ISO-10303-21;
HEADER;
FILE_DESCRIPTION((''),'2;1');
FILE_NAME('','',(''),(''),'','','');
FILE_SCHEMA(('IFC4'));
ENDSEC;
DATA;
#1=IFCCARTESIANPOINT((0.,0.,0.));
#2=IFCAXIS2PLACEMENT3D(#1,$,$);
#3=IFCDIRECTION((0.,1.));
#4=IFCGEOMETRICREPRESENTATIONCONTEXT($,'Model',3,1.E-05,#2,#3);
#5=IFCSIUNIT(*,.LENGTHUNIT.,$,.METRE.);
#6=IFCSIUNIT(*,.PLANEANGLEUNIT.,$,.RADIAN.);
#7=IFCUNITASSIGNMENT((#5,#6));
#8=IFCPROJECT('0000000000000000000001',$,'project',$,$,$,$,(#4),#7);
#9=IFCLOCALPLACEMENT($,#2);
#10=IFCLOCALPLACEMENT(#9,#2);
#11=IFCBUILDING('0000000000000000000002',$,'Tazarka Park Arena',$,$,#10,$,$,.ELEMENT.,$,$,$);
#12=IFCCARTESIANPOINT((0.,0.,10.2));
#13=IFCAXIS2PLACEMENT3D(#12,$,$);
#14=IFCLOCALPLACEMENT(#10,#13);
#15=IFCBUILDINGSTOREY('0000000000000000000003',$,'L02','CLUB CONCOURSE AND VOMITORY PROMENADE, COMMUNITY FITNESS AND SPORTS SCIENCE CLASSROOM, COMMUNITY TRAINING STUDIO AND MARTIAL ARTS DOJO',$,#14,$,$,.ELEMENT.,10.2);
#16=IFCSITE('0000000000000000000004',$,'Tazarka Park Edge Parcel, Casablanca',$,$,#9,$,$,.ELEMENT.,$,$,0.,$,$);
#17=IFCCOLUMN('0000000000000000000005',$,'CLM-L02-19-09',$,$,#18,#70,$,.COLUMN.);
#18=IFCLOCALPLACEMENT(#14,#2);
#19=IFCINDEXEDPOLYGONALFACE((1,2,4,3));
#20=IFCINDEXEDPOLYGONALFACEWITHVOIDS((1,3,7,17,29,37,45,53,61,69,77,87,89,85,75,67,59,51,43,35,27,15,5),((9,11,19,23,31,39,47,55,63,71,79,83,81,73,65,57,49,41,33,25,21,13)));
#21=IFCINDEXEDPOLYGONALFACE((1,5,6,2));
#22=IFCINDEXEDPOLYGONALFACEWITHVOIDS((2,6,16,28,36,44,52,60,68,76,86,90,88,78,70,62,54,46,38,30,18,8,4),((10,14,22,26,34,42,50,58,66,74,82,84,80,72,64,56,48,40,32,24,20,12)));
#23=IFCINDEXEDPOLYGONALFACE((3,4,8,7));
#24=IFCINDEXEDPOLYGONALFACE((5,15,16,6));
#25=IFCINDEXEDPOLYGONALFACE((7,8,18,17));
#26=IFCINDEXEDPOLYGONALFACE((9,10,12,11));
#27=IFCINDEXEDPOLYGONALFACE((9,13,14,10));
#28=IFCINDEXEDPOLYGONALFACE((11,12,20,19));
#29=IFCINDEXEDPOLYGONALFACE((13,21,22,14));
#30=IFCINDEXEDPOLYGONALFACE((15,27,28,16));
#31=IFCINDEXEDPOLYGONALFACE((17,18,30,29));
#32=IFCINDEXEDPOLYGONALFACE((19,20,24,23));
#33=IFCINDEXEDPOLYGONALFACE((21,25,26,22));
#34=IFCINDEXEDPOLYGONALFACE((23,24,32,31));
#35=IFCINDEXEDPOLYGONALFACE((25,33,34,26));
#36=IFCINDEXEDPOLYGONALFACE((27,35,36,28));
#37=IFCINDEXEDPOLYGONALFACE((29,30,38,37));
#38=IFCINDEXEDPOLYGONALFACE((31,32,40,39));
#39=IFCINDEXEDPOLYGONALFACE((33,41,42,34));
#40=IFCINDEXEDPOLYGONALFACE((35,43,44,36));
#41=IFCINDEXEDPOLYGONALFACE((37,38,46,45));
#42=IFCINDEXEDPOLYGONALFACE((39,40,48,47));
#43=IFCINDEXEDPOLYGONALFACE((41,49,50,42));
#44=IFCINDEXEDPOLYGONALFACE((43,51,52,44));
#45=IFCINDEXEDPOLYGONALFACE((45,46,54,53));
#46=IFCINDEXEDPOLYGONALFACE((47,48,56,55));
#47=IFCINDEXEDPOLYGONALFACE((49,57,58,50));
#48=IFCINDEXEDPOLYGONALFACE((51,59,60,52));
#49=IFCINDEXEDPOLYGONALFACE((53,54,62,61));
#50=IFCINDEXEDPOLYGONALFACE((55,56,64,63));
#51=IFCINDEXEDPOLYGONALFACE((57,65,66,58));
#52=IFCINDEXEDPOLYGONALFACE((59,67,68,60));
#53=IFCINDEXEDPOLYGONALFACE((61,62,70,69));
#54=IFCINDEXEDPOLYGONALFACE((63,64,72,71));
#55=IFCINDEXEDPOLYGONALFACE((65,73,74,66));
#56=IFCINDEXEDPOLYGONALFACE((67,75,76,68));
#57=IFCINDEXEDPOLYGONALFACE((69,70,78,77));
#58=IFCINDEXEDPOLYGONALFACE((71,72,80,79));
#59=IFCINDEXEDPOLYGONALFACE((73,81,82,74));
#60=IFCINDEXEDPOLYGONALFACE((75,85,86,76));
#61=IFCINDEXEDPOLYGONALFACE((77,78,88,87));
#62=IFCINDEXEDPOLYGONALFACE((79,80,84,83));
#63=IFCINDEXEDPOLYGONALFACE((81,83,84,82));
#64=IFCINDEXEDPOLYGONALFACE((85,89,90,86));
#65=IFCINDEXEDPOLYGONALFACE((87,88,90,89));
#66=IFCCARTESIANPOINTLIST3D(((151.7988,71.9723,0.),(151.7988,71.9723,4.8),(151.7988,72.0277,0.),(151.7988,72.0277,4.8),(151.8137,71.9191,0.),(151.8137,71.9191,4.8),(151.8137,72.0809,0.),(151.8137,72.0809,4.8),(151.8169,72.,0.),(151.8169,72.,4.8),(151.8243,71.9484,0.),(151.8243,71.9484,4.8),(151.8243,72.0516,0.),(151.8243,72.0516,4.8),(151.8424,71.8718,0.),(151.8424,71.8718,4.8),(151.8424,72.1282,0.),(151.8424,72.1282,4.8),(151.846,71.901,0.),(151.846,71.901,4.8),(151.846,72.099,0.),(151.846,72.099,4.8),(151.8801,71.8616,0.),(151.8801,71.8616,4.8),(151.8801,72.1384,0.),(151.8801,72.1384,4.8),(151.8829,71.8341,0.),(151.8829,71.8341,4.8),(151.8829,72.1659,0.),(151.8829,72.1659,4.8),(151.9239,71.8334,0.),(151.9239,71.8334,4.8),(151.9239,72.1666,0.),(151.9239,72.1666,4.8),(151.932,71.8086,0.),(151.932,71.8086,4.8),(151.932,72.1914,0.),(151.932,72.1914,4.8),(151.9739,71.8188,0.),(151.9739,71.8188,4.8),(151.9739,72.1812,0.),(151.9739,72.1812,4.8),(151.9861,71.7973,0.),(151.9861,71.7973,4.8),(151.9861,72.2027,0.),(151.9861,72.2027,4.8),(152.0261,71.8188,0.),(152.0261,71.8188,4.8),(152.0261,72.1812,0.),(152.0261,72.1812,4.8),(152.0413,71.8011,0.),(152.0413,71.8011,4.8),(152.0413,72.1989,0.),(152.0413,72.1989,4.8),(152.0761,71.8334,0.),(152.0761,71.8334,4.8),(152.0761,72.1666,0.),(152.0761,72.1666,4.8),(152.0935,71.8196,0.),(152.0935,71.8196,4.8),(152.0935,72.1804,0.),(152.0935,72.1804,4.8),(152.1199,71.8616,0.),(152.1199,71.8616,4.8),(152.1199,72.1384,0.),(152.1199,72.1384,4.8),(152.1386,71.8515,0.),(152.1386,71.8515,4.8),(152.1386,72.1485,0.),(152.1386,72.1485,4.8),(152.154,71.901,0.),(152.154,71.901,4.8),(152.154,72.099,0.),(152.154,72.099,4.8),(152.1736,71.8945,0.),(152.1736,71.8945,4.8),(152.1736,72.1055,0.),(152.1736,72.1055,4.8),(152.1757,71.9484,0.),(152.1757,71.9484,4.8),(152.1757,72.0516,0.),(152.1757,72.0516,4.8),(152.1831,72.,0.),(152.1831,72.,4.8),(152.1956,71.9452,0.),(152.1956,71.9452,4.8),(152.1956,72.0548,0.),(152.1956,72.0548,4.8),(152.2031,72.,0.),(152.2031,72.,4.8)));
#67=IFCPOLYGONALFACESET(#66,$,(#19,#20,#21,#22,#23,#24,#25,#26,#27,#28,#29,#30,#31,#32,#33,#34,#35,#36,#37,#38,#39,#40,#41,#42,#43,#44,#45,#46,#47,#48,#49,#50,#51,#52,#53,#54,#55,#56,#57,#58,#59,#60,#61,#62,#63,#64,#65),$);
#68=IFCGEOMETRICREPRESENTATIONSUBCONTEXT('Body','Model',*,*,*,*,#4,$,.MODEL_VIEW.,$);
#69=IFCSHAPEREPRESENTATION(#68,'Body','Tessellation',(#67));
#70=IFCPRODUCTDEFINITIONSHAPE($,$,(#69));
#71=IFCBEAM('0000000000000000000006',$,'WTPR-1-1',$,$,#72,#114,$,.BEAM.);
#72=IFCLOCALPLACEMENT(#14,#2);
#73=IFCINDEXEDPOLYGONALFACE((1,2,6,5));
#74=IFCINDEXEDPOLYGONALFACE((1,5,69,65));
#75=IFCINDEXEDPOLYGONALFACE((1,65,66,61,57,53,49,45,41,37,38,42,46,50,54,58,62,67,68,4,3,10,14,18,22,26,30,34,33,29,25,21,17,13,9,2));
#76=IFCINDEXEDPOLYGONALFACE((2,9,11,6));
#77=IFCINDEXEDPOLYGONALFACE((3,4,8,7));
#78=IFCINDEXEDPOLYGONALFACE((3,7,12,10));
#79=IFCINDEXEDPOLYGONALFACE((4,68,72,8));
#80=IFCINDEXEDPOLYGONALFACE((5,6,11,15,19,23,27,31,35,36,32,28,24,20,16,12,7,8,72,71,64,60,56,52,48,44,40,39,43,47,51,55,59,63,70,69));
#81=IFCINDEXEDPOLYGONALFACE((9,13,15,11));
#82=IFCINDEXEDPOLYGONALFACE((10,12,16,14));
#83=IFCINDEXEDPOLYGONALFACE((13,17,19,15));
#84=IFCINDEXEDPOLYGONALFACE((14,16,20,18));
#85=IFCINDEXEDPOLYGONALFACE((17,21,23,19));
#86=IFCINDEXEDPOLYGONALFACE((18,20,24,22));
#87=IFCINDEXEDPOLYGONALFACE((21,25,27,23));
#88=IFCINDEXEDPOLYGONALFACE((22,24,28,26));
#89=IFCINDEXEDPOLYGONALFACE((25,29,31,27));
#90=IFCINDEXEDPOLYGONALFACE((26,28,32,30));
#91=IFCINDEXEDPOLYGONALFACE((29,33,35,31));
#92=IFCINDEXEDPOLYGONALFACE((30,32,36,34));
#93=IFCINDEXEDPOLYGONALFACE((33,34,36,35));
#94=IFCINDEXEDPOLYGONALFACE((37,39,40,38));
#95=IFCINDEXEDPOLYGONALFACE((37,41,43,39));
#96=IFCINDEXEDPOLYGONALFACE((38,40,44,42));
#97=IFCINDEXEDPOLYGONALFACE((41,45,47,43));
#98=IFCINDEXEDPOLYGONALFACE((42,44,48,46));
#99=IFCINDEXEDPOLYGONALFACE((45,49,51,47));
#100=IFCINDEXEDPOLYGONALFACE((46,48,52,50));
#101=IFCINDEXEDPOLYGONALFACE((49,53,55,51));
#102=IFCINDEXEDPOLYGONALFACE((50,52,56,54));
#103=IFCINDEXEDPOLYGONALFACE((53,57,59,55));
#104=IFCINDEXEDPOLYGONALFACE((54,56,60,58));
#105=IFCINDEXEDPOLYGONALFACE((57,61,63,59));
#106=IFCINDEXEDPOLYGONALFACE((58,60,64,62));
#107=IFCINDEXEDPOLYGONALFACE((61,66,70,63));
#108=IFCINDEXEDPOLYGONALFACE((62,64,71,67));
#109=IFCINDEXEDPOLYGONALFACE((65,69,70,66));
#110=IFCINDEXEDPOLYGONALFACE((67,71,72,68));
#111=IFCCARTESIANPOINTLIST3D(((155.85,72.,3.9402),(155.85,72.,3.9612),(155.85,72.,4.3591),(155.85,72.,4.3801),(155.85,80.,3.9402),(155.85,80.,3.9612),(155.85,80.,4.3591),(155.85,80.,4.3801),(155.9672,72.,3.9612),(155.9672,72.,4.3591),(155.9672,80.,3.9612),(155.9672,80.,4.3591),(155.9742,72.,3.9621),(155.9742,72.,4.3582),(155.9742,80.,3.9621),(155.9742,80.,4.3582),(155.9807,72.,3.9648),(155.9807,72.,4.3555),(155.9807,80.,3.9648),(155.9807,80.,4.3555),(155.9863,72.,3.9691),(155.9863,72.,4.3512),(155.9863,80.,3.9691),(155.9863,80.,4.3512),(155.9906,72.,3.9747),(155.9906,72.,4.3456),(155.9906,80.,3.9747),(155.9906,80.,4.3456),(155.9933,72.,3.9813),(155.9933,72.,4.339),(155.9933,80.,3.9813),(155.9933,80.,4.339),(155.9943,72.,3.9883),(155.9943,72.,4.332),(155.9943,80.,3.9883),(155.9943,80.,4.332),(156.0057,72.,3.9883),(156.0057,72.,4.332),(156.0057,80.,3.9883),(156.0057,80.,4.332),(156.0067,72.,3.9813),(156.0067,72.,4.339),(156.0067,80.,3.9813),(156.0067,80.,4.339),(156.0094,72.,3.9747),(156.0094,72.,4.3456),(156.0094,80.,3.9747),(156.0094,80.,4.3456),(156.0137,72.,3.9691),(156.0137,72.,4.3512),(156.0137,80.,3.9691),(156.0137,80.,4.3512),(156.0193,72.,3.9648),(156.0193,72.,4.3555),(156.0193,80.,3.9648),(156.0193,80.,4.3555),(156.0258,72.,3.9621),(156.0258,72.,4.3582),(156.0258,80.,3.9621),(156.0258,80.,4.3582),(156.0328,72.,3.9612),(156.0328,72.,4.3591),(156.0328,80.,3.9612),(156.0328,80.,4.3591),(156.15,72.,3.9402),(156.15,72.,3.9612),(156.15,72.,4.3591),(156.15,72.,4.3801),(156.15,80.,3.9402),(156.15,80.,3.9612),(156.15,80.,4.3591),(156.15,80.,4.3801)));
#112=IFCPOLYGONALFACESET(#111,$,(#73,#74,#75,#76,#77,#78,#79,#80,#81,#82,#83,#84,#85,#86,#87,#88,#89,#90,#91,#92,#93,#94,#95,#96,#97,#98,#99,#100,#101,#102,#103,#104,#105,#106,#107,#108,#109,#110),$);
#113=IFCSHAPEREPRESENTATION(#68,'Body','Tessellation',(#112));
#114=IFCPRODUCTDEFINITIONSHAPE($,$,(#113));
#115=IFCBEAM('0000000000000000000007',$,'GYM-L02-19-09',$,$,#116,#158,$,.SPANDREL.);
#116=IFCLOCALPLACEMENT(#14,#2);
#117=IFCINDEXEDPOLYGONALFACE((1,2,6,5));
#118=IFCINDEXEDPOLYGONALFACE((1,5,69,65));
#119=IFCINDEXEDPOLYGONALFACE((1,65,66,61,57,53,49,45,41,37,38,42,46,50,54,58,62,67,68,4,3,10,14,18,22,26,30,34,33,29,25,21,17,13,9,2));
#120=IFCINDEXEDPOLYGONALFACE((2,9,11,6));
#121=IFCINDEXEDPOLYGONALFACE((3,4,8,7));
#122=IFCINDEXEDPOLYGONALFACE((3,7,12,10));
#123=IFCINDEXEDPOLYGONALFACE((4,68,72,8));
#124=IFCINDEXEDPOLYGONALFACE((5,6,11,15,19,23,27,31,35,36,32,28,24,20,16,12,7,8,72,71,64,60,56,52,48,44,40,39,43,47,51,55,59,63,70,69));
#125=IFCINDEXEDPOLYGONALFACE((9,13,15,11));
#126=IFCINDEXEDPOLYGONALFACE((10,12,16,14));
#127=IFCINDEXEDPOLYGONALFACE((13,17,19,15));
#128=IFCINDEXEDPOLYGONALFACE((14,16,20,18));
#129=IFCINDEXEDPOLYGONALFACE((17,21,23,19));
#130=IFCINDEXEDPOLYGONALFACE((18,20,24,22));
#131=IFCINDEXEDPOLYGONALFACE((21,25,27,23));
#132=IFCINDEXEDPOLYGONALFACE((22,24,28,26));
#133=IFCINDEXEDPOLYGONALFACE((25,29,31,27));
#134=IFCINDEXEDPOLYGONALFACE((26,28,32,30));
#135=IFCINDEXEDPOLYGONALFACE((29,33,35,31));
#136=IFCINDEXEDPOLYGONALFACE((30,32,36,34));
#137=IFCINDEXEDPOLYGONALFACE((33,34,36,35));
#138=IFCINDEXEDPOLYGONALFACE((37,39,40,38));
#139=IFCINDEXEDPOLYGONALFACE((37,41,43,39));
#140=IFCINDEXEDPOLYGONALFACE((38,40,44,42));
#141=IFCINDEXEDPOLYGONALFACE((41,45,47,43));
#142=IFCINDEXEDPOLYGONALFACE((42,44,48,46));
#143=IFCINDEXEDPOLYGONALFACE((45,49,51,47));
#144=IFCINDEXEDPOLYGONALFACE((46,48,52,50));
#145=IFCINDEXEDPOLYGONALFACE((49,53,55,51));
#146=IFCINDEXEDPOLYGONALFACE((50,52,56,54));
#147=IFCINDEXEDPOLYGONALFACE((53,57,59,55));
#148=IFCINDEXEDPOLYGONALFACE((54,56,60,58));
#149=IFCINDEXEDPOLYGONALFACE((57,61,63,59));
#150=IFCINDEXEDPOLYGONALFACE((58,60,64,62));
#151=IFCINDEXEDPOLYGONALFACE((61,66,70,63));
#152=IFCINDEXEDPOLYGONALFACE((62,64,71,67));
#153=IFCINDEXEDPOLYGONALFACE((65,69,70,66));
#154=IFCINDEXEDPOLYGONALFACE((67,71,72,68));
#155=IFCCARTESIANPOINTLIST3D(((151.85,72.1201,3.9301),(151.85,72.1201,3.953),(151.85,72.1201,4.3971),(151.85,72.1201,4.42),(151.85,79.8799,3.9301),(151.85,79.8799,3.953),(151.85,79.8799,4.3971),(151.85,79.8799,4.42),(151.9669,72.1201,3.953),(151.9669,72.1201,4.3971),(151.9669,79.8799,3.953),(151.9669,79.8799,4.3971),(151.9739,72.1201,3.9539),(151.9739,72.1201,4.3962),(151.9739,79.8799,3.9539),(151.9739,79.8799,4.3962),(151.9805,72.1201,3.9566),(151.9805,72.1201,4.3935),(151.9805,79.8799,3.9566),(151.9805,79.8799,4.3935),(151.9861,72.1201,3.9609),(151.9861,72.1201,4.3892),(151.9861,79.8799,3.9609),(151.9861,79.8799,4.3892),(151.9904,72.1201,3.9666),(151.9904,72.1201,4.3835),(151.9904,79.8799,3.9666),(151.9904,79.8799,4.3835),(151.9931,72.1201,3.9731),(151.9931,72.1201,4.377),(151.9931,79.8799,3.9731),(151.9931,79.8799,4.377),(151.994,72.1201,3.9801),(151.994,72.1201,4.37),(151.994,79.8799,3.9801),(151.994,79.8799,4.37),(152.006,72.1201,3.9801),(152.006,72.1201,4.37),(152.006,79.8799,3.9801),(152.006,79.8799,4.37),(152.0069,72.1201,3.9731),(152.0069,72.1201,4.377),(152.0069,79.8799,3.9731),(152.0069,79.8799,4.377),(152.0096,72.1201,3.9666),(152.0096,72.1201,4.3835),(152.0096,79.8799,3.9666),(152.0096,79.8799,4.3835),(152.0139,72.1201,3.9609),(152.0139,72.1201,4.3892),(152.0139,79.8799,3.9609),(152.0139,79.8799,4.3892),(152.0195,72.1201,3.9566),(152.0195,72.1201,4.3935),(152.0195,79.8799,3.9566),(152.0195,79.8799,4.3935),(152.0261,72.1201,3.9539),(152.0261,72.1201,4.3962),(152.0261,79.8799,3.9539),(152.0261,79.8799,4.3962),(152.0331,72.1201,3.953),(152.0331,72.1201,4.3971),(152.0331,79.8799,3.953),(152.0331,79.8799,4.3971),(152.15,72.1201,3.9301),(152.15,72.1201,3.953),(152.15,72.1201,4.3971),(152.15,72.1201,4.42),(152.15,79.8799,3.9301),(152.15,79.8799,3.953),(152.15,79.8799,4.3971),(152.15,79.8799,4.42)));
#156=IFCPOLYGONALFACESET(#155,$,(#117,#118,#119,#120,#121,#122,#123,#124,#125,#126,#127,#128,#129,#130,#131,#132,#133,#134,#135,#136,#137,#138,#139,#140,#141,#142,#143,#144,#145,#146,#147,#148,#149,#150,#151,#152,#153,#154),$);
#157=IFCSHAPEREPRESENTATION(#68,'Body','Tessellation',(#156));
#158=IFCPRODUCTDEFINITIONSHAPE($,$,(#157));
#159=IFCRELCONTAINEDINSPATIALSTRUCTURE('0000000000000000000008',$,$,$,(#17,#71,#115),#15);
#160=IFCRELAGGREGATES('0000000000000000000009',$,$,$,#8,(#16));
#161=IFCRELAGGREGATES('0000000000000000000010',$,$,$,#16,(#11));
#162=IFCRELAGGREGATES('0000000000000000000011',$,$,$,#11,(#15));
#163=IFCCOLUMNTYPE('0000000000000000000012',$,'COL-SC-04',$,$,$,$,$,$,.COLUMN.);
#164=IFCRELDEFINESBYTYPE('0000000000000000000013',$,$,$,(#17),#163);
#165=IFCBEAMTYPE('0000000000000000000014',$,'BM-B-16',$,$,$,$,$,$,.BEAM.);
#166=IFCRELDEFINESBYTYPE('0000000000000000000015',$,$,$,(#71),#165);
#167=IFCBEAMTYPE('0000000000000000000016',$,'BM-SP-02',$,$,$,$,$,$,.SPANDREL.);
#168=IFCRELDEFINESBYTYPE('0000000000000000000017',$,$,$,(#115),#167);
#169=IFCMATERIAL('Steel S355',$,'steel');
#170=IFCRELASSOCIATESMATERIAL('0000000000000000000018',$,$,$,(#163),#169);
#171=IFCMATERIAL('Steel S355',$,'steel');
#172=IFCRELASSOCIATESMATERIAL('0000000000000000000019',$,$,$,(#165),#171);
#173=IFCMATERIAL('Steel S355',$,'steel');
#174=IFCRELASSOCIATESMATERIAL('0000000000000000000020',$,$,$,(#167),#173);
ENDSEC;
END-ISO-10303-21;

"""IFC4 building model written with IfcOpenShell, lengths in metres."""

from ifc_helpers import new_model, si_unit, direction, frame, origin, origin_2d, place, context, subcontext, project, spatial, hollow_circle, i_section, extrude, material, material_profile, profile_set, type_object, element, save


model = new_model("IFC4")

# Units and contexts
model_context = context("Model", 3, precision=1e-05, world=origin(), true_north=direction((0.0, 1.0)))
body_context = subcontext(model_context, "Body", "Model", "MODEL_VIEW")
ifc_project = project(units=[si_unit("LENGTHUNIT", "METRE"), si_unit("PLANEANGLEUNIT", "RADIAN")], contexts=[model_context])

# Site, building, storey
site_placement = place(None, origin())
site = spatial("IfcSite", under=ifc_project, at=site_placement, Name="Tazarka Park Edge Parcel, Casablanca", CompositionType="ELEMENT", RefElevation=0.0)
building_placement = place(site_placement, origin())
building = spatial("IfcBuilding", under=site, at=building_placement, Name="Tazarka Park Arena", CompositionType="ELEMENT")
storey_placement = place(building_placement, frame((0.0, 0.0, 10.2)))
storey = spatial("IfcBuildingStorey", under=building, at=storey_placement, Name="L02", Description="CLUB CONCOURSE AND VOMITORY PROMENADE, COMMUNITY FITNESS AND SPORTS SCIENCE CLASSROOM, COMMUNITY TRAINING STUDIO AND MARTIAL ARTS DOJO", CompositionType="ELEMENT", Elevation=10.2)

# Column
ifc_material_1 = material(Name="Steel S355", Category="steel")
ifc_material_profile_1 = material_profile(ifc_material_1, hollow_circle(Radius=0.2031, WallThickness=0.02, at=origin_2d()), Name="Steel S355")
ifc_profile_set_1 = profile_set([ifc_material_profile_1], Name="Steel S355")
column_type = type_object("IfcColumnType", Name="COL-SC-04", PredefinedType="COLUMN", material=ifc_profile_set_1)
column_placement = place(storey_placement, frame((152.0, 72.0, 0.0), z_axis=(0.0, 0.0, 1.0), x_axis=(1.0, 0.0, 0.0)))
element("IfcColumn", 1, at=column_placement, inside=storey, type_object=column_type, Name="CLM-L02-19-09", PredefinedType="COLUMN", context=body_context, shape_type="SweptSolid", body=[
    extrude(hollow_circle(Radius=0.2031, WallThickness=0.02, at=origin_2d()), origin(), (0.0, 0.0, 1.0), 4.8),
])

# Beams
ifc_material_2 = material(Name="Steel S355", Category="steel")
ifc_material_profile_2 = material_profile(ifc_material_2, i_section(OverallWidth=0.3, OverallDepth=0.4399, WebThickness=0.0115, FlangeThickness=0.021, FilletRadius=0.0271, at=origin_2d()), Name="Steel S355")
ifc_profile_set_2 = profile_set([ifc_material_profile_2], Name="Steel S355")
beam_type_1 = type_object("IfcBeamType", Name="BM-B-16", PredefinedType="BEAM", material=ifc_profile_set_2)
beam_1_placement = place(storey_placement, frame((156.0, 72.0, 4.1602), z_axis=(0.0, 1.0, 0.0), x_axis=(-1.0, 0.0, 0.0)))
element("IfcBeam", 2, at=beam_1_placement, inside=storey, type_object=beam_type_1, Name="WTPR-1-1", PredefinedType="BEAM", context=body_context, shape_type="SweptSolid", body=[
    extrude(i_section(OverallWidth=0.3, OverallDepth=0.4399, WebThickness=0.0115, FlangeThickness=0.021, FilletRadius=0.0271, at=origin_2d()), origin(), (0.0, 0.0, 1.0), 8.0),
])
ifc_material_3 = material(Name="Steel S355", Category="steel")
ifc_material_profile_3 = material_profile(ifc_material_3, i_section(OverallWidth=0.3, OverallDepth=0.49, WebThickness=0.012, FlangeThickness=0.0229, FilletRadius=0.0271, at=origin_2d()), Name="Steel S355")
ifc_profile_set_3 = profile_set([ifc_material_profile_3], Name="Steel S355")
beam_type_2 = type_object("IfcBeamType", Name="BM-SP-02", PredefinedType="SPANDREL", material=ifc_profile_set_3)
beam_2_placement = place(storey_placement, frame((152.0, 72.1201, 4.175), z_axis=(0.0, 1.0, 0.0), x_axis=(-1.0, 0.0, 0.0)))
element("IfcBeam", 3, at=beam_2_placement, inside=storey, type_object=beam_type_2, Name="GYM-L02-19-09", PredefinedType="SPANDREL", context=body_context, shape_type="SweptSolid", body=[
    extrude(i_section(OverallWidth=0.3, OverallDepth=0.49, WebThickness=0.012, FlangeThickness=0.0229, FilletRadius=0.0271, at=origin_2d()), origin(), (0.0, 0.0, 1.0), 7.7598),
])

save(model, "model.ifc")
